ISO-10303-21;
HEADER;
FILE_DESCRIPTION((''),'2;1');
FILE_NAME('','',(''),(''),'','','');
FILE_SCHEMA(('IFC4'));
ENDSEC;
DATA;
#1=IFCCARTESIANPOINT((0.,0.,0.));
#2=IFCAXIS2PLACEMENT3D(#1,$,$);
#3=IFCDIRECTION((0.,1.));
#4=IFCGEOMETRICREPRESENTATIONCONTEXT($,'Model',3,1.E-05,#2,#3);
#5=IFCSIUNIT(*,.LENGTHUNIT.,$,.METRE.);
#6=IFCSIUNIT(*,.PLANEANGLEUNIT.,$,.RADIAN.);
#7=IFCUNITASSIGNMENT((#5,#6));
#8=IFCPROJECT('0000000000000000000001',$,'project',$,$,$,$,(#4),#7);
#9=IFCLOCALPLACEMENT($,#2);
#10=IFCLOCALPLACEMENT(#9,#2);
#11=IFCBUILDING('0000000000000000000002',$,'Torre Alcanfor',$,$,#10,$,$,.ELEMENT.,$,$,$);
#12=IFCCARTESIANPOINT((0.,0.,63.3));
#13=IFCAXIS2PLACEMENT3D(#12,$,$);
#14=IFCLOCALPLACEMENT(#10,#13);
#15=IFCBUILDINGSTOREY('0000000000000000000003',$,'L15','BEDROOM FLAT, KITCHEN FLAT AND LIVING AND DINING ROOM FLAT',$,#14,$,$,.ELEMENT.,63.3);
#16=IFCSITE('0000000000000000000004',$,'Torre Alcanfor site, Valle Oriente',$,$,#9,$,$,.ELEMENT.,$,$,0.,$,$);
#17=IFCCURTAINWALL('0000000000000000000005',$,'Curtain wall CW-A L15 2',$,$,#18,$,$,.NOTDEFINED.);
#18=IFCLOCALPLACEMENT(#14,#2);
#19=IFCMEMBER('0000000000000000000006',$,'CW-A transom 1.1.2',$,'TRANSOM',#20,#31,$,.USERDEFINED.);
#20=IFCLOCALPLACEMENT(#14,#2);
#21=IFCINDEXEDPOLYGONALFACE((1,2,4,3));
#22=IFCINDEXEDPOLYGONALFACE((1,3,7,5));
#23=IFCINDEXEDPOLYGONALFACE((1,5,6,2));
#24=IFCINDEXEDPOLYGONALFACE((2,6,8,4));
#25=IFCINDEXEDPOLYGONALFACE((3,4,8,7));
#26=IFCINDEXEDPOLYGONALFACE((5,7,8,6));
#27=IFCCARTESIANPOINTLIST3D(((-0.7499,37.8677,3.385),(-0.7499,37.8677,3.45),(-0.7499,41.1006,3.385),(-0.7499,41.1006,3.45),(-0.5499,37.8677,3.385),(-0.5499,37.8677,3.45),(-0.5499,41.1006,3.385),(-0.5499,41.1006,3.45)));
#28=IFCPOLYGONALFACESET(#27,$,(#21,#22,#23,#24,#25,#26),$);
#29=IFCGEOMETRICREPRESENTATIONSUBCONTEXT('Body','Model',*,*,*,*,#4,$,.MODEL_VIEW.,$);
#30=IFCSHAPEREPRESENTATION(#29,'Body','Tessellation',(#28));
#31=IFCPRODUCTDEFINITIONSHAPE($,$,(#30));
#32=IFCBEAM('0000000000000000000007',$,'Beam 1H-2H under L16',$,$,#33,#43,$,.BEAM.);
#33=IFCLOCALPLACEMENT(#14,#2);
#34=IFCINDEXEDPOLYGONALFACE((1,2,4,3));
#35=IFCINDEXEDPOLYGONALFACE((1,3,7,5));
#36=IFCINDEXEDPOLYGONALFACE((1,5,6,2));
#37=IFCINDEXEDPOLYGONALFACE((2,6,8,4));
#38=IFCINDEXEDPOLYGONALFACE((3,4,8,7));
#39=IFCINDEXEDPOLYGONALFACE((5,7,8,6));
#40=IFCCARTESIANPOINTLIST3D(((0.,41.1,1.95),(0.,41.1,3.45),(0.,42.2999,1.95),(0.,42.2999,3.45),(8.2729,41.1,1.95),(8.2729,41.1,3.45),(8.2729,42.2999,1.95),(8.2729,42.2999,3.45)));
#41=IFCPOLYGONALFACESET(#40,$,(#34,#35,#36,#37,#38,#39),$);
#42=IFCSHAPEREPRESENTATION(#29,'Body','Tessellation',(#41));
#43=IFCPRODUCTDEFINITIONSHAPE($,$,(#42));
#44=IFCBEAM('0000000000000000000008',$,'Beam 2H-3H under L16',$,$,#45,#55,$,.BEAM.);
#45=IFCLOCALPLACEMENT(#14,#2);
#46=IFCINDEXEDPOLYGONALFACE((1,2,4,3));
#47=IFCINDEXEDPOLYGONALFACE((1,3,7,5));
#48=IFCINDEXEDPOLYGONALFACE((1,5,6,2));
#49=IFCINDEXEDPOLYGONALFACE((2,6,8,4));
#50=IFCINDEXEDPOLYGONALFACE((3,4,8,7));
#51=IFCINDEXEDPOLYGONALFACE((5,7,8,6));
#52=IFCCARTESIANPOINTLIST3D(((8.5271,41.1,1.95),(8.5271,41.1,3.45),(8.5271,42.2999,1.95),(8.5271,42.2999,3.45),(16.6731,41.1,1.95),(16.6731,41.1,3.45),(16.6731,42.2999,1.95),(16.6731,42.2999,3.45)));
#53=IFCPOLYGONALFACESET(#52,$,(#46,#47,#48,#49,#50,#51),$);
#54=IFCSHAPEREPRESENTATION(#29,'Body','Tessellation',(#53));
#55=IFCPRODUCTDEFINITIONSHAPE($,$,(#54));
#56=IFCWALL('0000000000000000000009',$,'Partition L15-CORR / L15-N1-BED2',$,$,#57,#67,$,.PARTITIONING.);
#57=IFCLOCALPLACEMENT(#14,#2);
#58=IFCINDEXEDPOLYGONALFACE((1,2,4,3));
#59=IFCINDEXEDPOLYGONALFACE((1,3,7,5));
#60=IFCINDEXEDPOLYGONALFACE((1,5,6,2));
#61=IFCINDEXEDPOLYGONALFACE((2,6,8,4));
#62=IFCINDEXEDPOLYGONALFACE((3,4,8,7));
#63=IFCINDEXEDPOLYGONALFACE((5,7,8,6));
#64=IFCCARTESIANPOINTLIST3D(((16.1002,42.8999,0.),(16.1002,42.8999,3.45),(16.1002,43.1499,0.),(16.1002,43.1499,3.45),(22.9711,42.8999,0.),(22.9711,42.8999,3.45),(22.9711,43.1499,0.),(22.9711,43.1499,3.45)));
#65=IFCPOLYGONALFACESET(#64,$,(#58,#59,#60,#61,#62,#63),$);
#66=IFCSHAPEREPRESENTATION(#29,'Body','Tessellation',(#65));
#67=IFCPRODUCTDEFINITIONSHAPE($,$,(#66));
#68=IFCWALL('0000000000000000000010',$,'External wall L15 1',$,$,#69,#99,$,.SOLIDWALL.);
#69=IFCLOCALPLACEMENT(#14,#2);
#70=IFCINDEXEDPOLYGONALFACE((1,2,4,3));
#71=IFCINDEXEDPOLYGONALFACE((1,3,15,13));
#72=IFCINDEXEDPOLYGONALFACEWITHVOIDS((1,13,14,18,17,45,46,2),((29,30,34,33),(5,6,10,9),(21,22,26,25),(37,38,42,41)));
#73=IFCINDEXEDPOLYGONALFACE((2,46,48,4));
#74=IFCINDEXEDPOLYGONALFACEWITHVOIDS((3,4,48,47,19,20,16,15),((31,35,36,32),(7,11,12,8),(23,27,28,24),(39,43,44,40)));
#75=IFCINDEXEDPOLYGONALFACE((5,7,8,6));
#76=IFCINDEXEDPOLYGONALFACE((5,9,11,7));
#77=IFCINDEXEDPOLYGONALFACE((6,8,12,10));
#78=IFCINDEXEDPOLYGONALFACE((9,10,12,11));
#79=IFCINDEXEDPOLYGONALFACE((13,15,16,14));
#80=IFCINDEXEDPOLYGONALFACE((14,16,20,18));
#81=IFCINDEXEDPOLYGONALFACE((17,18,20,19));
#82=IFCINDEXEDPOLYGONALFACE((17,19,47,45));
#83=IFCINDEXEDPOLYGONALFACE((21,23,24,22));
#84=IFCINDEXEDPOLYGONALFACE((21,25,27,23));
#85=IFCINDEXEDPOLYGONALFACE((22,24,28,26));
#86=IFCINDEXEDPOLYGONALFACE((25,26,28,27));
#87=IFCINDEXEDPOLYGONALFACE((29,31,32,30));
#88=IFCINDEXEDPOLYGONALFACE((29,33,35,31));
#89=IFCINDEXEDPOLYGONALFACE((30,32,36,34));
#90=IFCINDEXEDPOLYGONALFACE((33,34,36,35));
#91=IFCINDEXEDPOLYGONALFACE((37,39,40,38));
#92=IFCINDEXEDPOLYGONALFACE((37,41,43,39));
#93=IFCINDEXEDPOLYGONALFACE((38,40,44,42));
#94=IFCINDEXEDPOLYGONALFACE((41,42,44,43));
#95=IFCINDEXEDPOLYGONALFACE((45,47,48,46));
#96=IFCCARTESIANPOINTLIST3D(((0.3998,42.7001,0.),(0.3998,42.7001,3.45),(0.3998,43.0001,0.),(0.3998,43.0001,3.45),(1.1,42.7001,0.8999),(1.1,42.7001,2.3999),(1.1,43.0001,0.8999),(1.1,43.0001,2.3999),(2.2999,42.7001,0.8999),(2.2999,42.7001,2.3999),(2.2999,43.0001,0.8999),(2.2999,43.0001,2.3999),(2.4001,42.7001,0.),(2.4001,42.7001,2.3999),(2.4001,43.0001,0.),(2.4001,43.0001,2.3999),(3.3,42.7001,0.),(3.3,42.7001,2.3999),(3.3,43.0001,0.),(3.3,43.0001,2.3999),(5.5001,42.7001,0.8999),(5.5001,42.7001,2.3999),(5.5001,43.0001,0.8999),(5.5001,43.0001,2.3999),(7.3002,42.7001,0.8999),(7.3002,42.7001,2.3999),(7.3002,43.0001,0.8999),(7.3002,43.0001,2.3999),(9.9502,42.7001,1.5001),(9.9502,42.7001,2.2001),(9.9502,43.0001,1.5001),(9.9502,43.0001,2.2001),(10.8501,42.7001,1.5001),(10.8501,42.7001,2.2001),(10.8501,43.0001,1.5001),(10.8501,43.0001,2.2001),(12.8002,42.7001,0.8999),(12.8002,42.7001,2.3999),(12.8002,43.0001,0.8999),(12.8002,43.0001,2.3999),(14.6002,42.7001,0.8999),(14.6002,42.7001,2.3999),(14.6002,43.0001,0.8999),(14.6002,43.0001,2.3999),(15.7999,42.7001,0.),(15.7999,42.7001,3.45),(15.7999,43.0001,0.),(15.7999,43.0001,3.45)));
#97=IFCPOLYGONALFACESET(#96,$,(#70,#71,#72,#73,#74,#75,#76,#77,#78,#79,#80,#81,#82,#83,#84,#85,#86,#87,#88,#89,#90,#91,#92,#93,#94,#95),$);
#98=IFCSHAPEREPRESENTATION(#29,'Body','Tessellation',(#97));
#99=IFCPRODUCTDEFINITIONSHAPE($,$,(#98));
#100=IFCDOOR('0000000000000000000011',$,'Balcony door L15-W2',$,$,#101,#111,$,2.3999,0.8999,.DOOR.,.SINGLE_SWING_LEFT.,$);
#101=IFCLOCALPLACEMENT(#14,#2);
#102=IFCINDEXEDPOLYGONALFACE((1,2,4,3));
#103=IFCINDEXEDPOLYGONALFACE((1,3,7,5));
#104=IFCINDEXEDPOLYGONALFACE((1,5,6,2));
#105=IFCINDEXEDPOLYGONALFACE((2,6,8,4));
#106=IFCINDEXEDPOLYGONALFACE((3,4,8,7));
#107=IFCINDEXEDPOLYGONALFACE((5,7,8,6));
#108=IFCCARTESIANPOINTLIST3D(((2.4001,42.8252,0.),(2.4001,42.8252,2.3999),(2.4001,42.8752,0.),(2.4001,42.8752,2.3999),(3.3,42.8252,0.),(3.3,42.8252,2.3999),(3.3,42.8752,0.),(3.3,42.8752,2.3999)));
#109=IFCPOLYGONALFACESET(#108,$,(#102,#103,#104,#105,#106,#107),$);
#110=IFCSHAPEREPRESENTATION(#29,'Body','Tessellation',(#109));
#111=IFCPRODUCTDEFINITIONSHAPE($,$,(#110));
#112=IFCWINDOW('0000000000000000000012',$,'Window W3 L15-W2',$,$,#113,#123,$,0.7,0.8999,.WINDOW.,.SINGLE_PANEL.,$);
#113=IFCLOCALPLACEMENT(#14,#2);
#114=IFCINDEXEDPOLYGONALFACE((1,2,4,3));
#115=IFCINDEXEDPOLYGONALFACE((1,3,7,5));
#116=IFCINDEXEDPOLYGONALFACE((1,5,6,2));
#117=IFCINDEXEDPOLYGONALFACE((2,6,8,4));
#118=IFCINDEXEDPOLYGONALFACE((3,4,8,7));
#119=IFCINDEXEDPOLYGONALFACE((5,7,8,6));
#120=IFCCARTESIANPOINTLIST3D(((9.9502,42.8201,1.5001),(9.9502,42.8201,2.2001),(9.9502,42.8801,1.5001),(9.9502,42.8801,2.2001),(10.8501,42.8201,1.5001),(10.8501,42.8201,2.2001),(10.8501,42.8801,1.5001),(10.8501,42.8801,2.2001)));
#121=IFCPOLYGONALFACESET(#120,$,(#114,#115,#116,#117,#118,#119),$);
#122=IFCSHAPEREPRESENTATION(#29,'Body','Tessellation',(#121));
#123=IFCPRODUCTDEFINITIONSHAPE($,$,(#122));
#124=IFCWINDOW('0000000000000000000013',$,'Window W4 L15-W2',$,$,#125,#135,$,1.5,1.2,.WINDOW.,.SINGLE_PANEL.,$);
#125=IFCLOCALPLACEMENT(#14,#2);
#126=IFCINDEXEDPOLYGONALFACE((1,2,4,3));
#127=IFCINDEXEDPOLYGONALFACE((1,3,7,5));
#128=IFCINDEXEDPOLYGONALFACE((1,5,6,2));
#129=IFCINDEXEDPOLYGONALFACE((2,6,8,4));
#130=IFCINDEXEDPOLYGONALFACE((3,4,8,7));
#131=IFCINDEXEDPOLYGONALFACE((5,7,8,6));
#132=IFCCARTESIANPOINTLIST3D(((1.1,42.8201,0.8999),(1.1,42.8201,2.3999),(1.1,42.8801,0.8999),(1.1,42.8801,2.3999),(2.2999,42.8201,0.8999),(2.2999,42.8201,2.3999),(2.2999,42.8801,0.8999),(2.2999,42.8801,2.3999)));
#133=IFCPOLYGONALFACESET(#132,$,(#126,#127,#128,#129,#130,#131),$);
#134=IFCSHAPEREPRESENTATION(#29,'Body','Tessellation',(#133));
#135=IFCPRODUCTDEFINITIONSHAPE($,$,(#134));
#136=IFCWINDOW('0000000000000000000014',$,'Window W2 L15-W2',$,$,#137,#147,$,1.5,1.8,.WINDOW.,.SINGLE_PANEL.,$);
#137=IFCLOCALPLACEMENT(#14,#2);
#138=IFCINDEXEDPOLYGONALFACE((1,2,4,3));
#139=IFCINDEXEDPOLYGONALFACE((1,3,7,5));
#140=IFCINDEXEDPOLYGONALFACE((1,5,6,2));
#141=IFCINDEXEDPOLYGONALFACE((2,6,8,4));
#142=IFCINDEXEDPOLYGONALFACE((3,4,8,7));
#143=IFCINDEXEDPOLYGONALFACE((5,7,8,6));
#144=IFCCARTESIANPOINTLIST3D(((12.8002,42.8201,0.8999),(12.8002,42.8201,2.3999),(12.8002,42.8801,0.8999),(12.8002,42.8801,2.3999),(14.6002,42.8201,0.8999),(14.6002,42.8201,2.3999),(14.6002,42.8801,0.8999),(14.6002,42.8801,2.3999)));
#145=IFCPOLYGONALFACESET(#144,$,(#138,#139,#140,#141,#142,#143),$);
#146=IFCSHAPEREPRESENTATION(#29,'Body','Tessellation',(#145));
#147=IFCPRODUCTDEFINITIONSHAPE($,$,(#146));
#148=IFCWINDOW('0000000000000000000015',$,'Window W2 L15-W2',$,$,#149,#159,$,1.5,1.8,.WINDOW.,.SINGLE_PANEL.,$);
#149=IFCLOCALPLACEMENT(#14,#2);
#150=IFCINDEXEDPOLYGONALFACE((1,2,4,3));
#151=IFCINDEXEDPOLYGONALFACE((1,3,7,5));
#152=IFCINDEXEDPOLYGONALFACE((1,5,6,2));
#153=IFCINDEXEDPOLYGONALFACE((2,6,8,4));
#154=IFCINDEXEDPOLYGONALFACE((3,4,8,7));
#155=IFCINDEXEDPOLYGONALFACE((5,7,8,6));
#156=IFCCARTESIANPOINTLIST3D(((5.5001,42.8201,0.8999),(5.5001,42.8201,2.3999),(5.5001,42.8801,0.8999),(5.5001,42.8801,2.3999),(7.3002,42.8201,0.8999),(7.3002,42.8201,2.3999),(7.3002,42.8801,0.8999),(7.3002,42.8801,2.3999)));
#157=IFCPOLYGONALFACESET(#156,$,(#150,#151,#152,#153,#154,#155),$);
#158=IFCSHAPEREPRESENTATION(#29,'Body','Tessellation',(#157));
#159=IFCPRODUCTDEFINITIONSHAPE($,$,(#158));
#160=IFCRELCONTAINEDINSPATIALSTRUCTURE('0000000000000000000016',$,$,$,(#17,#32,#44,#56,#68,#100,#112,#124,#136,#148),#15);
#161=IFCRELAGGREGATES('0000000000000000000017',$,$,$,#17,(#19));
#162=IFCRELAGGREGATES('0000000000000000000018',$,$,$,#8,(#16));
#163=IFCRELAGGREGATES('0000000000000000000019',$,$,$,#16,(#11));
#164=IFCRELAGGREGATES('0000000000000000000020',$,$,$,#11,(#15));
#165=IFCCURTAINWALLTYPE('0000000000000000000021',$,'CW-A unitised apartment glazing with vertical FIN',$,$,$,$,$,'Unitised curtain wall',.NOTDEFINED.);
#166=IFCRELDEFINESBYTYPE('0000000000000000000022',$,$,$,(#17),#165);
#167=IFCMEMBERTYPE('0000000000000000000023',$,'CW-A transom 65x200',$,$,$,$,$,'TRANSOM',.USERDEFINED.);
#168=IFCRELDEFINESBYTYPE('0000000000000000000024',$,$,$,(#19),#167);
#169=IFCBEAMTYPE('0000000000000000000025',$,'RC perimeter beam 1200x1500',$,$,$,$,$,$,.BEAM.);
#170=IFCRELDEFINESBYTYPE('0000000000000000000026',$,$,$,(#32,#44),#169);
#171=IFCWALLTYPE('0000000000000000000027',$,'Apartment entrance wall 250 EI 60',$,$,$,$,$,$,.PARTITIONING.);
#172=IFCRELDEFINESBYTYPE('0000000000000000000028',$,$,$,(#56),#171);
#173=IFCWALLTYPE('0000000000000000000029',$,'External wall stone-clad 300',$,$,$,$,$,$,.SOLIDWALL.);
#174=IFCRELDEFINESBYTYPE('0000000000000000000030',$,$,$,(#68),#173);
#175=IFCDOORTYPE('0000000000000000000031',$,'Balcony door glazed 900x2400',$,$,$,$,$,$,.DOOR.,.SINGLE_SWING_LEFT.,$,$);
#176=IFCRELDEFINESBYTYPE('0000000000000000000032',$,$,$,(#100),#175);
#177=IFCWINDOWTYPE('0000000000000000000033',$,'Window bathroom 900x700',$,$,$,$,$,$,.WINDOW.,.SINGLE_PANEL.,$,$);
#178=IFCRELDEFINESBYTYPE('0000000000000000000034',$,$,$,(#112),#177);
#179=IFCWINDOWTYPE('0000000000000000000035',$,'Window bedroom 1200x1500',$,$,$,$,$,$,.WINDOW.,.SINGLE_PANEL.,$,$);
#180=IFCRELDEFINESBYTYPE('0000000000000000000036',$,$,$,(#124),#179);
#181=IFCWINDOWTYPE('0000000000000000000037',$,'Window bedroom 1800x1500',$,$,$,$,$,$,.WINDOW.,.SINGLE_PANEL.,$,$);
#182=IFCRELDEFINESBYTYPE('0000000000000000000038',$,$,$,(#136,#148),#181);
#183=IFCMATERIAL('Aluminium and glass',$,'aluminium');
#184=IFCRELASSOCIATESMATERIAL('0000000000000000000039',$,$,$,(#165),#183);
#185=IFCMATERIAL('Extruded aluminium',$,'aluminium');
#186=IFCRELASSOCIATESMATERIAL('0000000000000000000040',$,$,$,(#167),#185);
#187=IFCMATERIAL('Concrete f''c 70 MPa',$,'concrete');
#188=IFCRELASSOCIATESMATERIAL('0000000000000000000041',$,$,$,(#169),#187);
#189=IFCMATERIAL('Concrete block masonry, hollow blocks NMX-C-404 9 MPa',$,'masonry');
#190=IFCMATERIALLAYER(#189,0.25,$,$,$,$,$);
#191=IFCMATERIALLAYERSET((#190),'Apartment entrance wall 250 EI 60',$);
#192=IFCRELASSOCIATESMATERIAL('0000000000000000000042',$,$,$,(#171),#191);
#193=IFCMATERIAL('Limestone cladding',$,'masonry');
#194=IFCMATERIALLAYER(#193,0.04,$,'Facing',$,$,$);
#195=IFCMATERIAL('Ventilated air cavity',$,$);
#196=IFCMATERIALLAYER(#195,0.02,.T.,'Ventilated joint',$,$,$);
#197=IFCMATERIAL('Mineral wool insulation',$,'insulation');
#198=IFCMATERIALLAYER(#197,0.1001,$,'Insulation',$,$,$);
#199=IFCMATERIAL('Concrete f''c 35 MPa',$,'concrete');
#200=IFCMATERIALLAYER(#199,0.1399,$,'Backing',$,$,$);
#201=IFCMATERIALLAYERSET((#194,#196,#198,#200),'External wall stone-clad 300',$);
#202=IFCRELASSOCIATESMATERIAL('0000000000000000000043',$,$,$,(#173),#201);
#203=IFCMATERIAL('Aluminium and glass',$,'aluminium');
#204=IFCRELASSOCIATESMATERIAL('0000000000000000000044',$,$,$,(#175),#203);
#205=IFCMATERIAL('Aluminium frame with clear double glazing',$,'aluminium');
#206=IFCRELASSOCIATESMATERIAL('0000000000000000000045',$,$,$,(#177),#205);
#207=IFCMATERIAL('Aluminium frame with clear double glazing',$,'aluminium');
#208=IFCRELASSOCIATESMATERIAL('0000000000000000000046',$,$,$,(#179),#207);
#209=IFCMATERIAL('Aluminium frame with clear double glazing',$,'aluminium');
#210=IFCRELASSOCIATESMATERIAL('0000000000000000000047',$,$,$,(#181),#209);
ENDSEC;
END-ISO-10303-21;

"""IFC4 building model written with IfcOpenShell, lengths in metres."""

from ifc_helpers import new_model, si_unit, direction, frame, frame_2d, origin, origin_2d, place, context, subcontext, project, spatial, rectangle, extrude, material, layer, layer_set, material_profile, profile_set, type_object, element, fill, aggregate, save


model = new_model("IFC4")

# Units and contexts
model_context = context("Model", 3, precision=1e-05, world=origin(), true_north=direction((0.0, 1.0)))
body_context = subcontext(model_context, "Body", "Model", "MODEL_VIEW")
ifc_project = project(units=[si_unit("LENGTHUNIT", "METRE"), si_unit("PLANEANGLEUNIT", "RADIAN")], contexts=[model_context])

# Site, building, storey
site_placement = place(None, origin())
site = spatial("IfcSite", under=ifc_project, at=site_placement, Name="Torre Alcanfor site, Valle Oriente", CompositionType="ELEMENT", RefElevation=0.0)
building_placement = place(site_placement, origin())
building = spatial("IfcBuilding", under=site, at=building_placement, Name="Torre Alcanfor", CompositionType="ELEMENT")
storey_placement = place(building_placement, frame((0.0, 0.0, 63.3)))
storey = spatial("IfcBuildingStorey", under=building, at=storey_placement, Name="L15", Description="BEDROOM FLAT, KITCHEN FLAT AND LIVING AND DINING ROOM FLAT", CompositionType="ELEMENT", Elevation=63.3)

# Curtain wall, member
ifc_material_1 = material(Name="Aluminium and glass", Category="aluminium")
curtain_wall_type = type_object("IfcCurtainWallType", Name="CW-A unitised apartment glazing with vertical FIN", ElementType="Unitised curtain wall", PredefinedType="NOTDEFINED", material=ifc_material_1)
curtain_wall_placement = place(storey_placement, origin())
curtain_wall = element("IfcCurtainWall", 1, at=curtain_wall_placement, inside=storey, type_object=curtain_wall_type, Name="Curtain wall CW-A L15 2", PredefinedType="NOTDEFINED")
ifc_material_2 = material(Name="Extruded aluminium", Category="aluminium")
ifc_material_profile_1 = material_profile(ifc_material_2, rectangle(XDim=0.2, YDim=0.0649, at=origin_2d()), Name="CW-A transom 200x65")
ifc_profile_set_1 = profile_set([ifc_material_profile_1], Name="Extruded aluminium")
member_type_1 = type_object("IfcMemberType", Name="CW-A transom 65x200", ElementType="TRANSOM", PredefinedType="USERDEFINED", material=ifc_profile_set_1)
member_1_placement = place(storey_placement, frame((-0.6499, 41.1006, 3.4175), z_axis=(0.0, -1.0, 0.0), x_axis=(1.0, 0.0, 0.0)))
member_1 = element("IfcMember", 2, at=member_1_placement, type_object=member_type_1, Name="CW-A transom 1.1.2", ObjectType="TRANSOM", PredefinedType="USERDEFINED", context=body_context, shape_type="SweptSolid", body=[
    extrude(rectangle(XDim=0.2, YDim=0.0649, at=origin_2d()), origin(), (0.0, 0.0, 1.0), 3.2329),
])
aggregate(curtain_wall, [member_1])

# Beams
ifc_material_3 = material(Name="Concrete f'c 70 MPa", Category="concrete")
ifc_material_profile_2 = material_profile(ifc_material_3, rectangle(XDim=1.2, YDim=1.5, at=origin_2d()), Name="1200x1500")
ifc_profile_set_2 = profile_set([ifc_material_profile_2], Name="Concrete f'c 70 MPa")
beam_type_1 = type_object("IfcBeamType", Name="RC perimeter beam 1200x1500", PredefinedType="BEAM", material=ifc_profile_set_2)
beam_1_placement = place(storey_placement, frame((0.0, 41.7, 2.7), z_axis=(1.0, 0.0, 0.0), x_axis=(0.0, 1.0, 0.0)))
element("IfcBeam", 3, at=beam_1_placement, inside=storey, type_object=beam_type_1, Name="Beam 1H-2H under L16", PredefinedType="BEAM", context=body_context, shape_type="SweptSolid", body=[
    extrude(rectangle(XDim=1.2, YDim=1.5, at=origin_2d()), origin(), (0.0, 0.0, 1.0), 8.2729),
])
beam_2_placement = place(storey_placement, frame((8.5271, 41.7, 2.7), z_axis=(1.0, 0.0, 0.0), x_axis=(0.0, 1.0, 0.0)))
element("IfcBeam", 4, at=beam_2_placement, inside=storey, type_object=beam_type_1, Name="Beam 2H-3H under L16", PredefinedType="BEAM", context=body_context, shape_type="SweptSolid", body=[
    extrude(rectangle(XDim=1.2, YDim=1.5, at=origin_2d()), origin(), (0.0, 0.0, 1.0), 8.146),
])

# Wall
ifc_material_4 = material(Name="Concrete block masonry, hollow blocks NMX-C-404 9 MPa", Category="masonry")
ifc_layer_1 = layer(ifc_material_4, 0.25)
ifc_layer_set_1 = layer_set([ifc_layer_1], Name="Apartment entrance wall 250 EI 60")
wall_type_1 = type_object("IfcWallType", Name="Apartment entrance wall 250 EI 60", PredefinedType="PARTITIONING", material=ifc_layer_set_1)
wall_1_placement = place(storey_placement, frame((16.1001, 43.0249, 0.0), z_axis=(0.0, 0.0, 1.0), x_axis=(1.0, 0.0, 0.0)))
element("IfcWall", 5, at=wall_1_placement, inside=storey, type_object=wall_type_1, Name="Partition L15-CORR / L15-N1-BED2", PredefinedType="PARTITIONING", context=body_context, shape_type="SweptSolid", body=[
    extrude(rectangle(XDim=6.8708, YDim=0.25, at=frame_2d((3.4355, 0.0))), origin(), (0.0, 0.0, 1.0), 3.45),
])

# Wall, openings, door, windows
ifc_material_5 = material(Name="Limestone cladding", Category="masonry")
ifc_layer_2 = layer(ifc_material_5, 0.04, Name="Facing")
ifc_material_6 = material(Name="Ventilated air cavity")
ifc_layer_3 = layer(ifc_material_6, 0.02, ventilated=True, Name="Ventilated joint")
ifc_material_7 = material(Name="Mineral wool insulation", Category="insulation")
ifc_layer_4 = layer(ifc_material_7, 0.1001, Name="Insulation")
ifc_material_8 = material(Name="Concrete f'c 35 MPa", Category="concrete")
ifc_layer_5 = layer(ifc_material_8, 0.1399, Name="Backing")
ifc_layer_set_2 = layer_set([ifc_layer_2, ifc_layer_3, ifc_layer_4, ifc_layer_5], Name="External wall stone-clad 300")
wall_type_2 = type_object("IfcWallType", Name="External wall stone-clad 300", PredefinedType="SOLIDWALL", material=ifc_layer_set_2)
wall_2_placement = place(storey_placement, frame((15.8, 42.8501, 0.0), z_axis=(0.0, 0.0, 1.0), x_axis=(-1.0, 0.0, 0.0)))
wall_2 = element("IfcWall", 6, at=wall_2_placement, inside=storey, type_object=wall_type_2, Name="External wall L15 1", PredefinedType="SOLIDWALL", context=body_context, shape_type="SweptSolid", body=[
    extrude(rectangle(XDim=15.4001, YDim=0.3, at=frame_2d((7.7002, 0.0))), origin(), (0.0, 0.0, 1.0), 3.45),
])
opening_1_placement = place(wall_2_placement, frame((1.2, 0.0, 0.8999)))
opening_1 = element("IfcOpeningElement", 7, at=opening_1_placement, cuts=wall_2, PredefinedType="OPENING", context=body_context, shape_type="SweptSolid", body=[
    extrude(rectangle(XDim=1.8, YDim=1.5, at=frame_2d((0.8999, 0.75))), frame((0.0, 0.1599, 0.0), z_axis=(0.0, -1.0, 0.0), x_axis=(1.0, 0.0, 0.0)), (0.0, 0.0, 1.0), 0.3201),
])
opening_2_placement = place(wall_2_placement, frame((4.95, 0.0, 1.5)))
opening_2 = element("IfcOpeningElement", 8, at=opening_2_placement, cuts=wall_2, PredefinedType="OPENING", context=body_context, shape_type="SweptSolid", body=[
    extrude(rectangle(XDim=0.8999, YDim=0.7, at=frame_2d((0.45, 0.3501))), frame((0.0, 0.1599, 0.0), z_axis=(0.0, -1.0, 0.0), x_axis=(1.0, 0.0, 0.0)), (0.0, 0.0, 1.0), 0.3201),
])
opening_3_placement = place(wall_2_placement, frame((8.5, 0.0, 0.8999)))
opening_3 = element("IfcOpeningElement", 9, at=opening_3_placement, cuts=wall_2, PredefinedType="OPENING", context=body_context, shape_type="SweptSolid", body=[
    extrude(rectangle(XDim=1.8, YDim=1.5, at=frame_2d((0.8999, 0.75))), frame((0.0, 0.1599, 0.0), z_axis=(0.0, -1.0, 0.0), x_axis=(1.0, 0.0, 0.0)), (0.0, 0.0, 1.0), 0.3201),
])
opening_4_placement = place(wall_2_placement, frame((12.5, 0.0, 0.0)))
opening_4 = element("IfcOpeningElement", 10, at=opening_4_placement, cuts=wall_2, PredefinedType="OPENING", context=body_context, shape_type="SweptSolid", body=[
    extrude(rectangle(XDim=0.8999, YDim=2.3999, at=frame_2d((0.45, 1.2))), frame((0.0, 0.1599, 0.0), z_axis=(0.0, -1.0, 0.0), x_axis=(1.0, 0.0, 0.0)), (0.0, 0.0, 1.0), 0.3201),
])
opening_5_placement = place(wall_2_placement, frame((13.5, 0.0, 0.8999)))
opening_5 = element("IfcOpeningElement", 11, at=opening_5_placement, cuts=wall_2, PredefinedType="OPENING", context=body_context, shape_type="SweptSolid", body=[
    extrude(rectangle(XDim=1.2, YDim=1.5, at=frame_2d((0.6001, 0.75))), frame((0.0, 0.1599, 0.0), z_axis=(0.0, -1.0, 0.0), x_axis=(1.0, 0.0, 0.0)), (0.0, 0.0, 1.0), 0.3201),
])
ifc_material_9 = material(Name="Aluminium and glass", Category="aluminium")
door_type = type_object("IfcDoorType", Name="Balcony door glazed 900x2400", OperationType="SINGLE_SWING_LEFT", PredefinedType="DOOR", material=ifc_material_9)
door_1_placement = place(opening_4_placement, origin())
door_1 = element("IfcDoor", 12, at=door_1_placement, inside=storey, type_object=door_type, Name="Balcony door L15-W2", OperationType="SINGLE_SWING_LEFT", OverallHeight=2.3999, OverallWidth=0.8999, PredefinedType="DOOR", context=body_context, shape_type="SweptSolid", body=[
    extrude(rectangle(XDim=0.8999, YDim=2.3999, at=frame_2d((0.45, 1.2))), frame((0.0, 0.0249, 0.0), z_axis=(0.0, -1.0, 0.0), x_axis=(1.0, 0.0, 0.0)), (0.0, 0.0, 1.0), 0.05),
])
fill(opening_4, door_1)
ifc_material_10 = material(Name="Aluminium frame with clear double glazing", Category="aluminium")
window_type_1 = type_object("IfcWindowType", Name="Window bathroom 900x700", PartitioningType="SINGLE_PANEL", PredefinedType="WINDOW", material=ifc_material_10)
window_1_placement = place(opening_2_placement, origin())
window_1 = element("IfcWindow", 13, at=window_1_placement, inside=storey, type_object=window_type_1, Name="Window W3 L15-W2", OverallHeight=0.7, OverallWidth=0.8999, PartitioningType="SINGLE_PANEL", PredefinedType="WINDOW", context=body_context, shape_type="SweptSolid", body=[
    extrude(rectangle(XDim=0.8999, YDim=0.7, at=frame_2d((0.45, 0.3501))), frame((0.0, 0.03, 0.0), z_axis=(0.0, -1.0, 0.0), x_axis=(1.0, 0.0, 0.0)), (0.0, 0.0, 1.0), 0.0601),
])
fill(opening_2, window_1)
ifc_material_11 = material(Name="Aluminium frame with clear double glazing", Category="aluminium")
window_type_2 = type_object("IfcWindowType", Name="Window bedroom 1200x1500", PartitioningType="SINGLE_PANEL", PredefinedType="WINDOW", material=ifc_material_11)
window_2_placement = place(opening_5_placement, origin())
window_2 = element("IfcWindow", 14, at=window_2_placement, inside=storey, type_object=window_type_2, Name="Window W4 L15-W2", OverallHeight=1.5, OverallWidth=1.2, PartitioningType="SINGLE_PANEL", PredefinedType="WINDOW", context=body_context, shape_type="SweptSolid", body=[
    extrude(rectangle(XDim=1.2, YDim=1.5, at=frame_2d((0.6001, 0.75))), frame((0.0, 0.03, 0.0), z_axis=(0.0, -1.0, 0.0), x_axis=(1.0, 0.0, 0.0)), (0.0, 0.0, 1.0), 0.0601),
])
fill(opening_5, window_2)
ifc_material_12 = material(Name="Aluminium frame with clear double glazing", Category="aluminium")
window_type_3 = type_object("IfcWindowType", Name="Window bedroom 1800x1500", PartitioningType="SINGLE_PANEL", PredefinedType="WINDOW", material=ifc_material_12)
window_3_placement = place(opening_1_placement, origin())
window_3 = element("IfcWindow", 15, at=window_3_placement, inside=storey, type_object=window_type_3, Name="Window W2 L15-W2", OverallHeight=1.5, OverallWidth=1.8, PartitioningType="SINGLE_PANEL", PredefinedType="WINDOW", context=body_context, shape_type="SweptSolid", body=[
    extrude(rectangle(XDim=1.8, YDim=1.5, at=frame_2d((0.8999, 0.75))), frame((0.0, 0.03, 0.0), z_axis=(0.0, -1.0, 0.0), x_axis=(1.0, 0.0, 0.0)), (0.0, 0.0, 1.0), 0.0601),
])
fill(opening_1, window_3)
window_4_placement = place(opening_3_placement, origin())
window_4 = element("IfcWindow", 16, at=window_4_placement, inside=storey, type_object=window_type_3, Name="Window W2 L15-W2", OverallHeight=1.5, OverallWidth=1.8, PartitioningType="SINGLE_PANEL", PredefinedType="WINDOW", context=body_context, shape_type="SweptSolid", body=[
    extrude(rectangle(XDim=1.8, YDim=1.5, at=frame_2d((0.8999, 0.75))), frame((0.0, 0.03, 0.0), z_axis=(0.0, -1.0, 0.0), x_axis=(1.0, 0.0, 0.0)), (0.0, 0.0, 1.0), 0.0601),
])
fill(opening_3, window_4)

save(model, "model.ifc")
